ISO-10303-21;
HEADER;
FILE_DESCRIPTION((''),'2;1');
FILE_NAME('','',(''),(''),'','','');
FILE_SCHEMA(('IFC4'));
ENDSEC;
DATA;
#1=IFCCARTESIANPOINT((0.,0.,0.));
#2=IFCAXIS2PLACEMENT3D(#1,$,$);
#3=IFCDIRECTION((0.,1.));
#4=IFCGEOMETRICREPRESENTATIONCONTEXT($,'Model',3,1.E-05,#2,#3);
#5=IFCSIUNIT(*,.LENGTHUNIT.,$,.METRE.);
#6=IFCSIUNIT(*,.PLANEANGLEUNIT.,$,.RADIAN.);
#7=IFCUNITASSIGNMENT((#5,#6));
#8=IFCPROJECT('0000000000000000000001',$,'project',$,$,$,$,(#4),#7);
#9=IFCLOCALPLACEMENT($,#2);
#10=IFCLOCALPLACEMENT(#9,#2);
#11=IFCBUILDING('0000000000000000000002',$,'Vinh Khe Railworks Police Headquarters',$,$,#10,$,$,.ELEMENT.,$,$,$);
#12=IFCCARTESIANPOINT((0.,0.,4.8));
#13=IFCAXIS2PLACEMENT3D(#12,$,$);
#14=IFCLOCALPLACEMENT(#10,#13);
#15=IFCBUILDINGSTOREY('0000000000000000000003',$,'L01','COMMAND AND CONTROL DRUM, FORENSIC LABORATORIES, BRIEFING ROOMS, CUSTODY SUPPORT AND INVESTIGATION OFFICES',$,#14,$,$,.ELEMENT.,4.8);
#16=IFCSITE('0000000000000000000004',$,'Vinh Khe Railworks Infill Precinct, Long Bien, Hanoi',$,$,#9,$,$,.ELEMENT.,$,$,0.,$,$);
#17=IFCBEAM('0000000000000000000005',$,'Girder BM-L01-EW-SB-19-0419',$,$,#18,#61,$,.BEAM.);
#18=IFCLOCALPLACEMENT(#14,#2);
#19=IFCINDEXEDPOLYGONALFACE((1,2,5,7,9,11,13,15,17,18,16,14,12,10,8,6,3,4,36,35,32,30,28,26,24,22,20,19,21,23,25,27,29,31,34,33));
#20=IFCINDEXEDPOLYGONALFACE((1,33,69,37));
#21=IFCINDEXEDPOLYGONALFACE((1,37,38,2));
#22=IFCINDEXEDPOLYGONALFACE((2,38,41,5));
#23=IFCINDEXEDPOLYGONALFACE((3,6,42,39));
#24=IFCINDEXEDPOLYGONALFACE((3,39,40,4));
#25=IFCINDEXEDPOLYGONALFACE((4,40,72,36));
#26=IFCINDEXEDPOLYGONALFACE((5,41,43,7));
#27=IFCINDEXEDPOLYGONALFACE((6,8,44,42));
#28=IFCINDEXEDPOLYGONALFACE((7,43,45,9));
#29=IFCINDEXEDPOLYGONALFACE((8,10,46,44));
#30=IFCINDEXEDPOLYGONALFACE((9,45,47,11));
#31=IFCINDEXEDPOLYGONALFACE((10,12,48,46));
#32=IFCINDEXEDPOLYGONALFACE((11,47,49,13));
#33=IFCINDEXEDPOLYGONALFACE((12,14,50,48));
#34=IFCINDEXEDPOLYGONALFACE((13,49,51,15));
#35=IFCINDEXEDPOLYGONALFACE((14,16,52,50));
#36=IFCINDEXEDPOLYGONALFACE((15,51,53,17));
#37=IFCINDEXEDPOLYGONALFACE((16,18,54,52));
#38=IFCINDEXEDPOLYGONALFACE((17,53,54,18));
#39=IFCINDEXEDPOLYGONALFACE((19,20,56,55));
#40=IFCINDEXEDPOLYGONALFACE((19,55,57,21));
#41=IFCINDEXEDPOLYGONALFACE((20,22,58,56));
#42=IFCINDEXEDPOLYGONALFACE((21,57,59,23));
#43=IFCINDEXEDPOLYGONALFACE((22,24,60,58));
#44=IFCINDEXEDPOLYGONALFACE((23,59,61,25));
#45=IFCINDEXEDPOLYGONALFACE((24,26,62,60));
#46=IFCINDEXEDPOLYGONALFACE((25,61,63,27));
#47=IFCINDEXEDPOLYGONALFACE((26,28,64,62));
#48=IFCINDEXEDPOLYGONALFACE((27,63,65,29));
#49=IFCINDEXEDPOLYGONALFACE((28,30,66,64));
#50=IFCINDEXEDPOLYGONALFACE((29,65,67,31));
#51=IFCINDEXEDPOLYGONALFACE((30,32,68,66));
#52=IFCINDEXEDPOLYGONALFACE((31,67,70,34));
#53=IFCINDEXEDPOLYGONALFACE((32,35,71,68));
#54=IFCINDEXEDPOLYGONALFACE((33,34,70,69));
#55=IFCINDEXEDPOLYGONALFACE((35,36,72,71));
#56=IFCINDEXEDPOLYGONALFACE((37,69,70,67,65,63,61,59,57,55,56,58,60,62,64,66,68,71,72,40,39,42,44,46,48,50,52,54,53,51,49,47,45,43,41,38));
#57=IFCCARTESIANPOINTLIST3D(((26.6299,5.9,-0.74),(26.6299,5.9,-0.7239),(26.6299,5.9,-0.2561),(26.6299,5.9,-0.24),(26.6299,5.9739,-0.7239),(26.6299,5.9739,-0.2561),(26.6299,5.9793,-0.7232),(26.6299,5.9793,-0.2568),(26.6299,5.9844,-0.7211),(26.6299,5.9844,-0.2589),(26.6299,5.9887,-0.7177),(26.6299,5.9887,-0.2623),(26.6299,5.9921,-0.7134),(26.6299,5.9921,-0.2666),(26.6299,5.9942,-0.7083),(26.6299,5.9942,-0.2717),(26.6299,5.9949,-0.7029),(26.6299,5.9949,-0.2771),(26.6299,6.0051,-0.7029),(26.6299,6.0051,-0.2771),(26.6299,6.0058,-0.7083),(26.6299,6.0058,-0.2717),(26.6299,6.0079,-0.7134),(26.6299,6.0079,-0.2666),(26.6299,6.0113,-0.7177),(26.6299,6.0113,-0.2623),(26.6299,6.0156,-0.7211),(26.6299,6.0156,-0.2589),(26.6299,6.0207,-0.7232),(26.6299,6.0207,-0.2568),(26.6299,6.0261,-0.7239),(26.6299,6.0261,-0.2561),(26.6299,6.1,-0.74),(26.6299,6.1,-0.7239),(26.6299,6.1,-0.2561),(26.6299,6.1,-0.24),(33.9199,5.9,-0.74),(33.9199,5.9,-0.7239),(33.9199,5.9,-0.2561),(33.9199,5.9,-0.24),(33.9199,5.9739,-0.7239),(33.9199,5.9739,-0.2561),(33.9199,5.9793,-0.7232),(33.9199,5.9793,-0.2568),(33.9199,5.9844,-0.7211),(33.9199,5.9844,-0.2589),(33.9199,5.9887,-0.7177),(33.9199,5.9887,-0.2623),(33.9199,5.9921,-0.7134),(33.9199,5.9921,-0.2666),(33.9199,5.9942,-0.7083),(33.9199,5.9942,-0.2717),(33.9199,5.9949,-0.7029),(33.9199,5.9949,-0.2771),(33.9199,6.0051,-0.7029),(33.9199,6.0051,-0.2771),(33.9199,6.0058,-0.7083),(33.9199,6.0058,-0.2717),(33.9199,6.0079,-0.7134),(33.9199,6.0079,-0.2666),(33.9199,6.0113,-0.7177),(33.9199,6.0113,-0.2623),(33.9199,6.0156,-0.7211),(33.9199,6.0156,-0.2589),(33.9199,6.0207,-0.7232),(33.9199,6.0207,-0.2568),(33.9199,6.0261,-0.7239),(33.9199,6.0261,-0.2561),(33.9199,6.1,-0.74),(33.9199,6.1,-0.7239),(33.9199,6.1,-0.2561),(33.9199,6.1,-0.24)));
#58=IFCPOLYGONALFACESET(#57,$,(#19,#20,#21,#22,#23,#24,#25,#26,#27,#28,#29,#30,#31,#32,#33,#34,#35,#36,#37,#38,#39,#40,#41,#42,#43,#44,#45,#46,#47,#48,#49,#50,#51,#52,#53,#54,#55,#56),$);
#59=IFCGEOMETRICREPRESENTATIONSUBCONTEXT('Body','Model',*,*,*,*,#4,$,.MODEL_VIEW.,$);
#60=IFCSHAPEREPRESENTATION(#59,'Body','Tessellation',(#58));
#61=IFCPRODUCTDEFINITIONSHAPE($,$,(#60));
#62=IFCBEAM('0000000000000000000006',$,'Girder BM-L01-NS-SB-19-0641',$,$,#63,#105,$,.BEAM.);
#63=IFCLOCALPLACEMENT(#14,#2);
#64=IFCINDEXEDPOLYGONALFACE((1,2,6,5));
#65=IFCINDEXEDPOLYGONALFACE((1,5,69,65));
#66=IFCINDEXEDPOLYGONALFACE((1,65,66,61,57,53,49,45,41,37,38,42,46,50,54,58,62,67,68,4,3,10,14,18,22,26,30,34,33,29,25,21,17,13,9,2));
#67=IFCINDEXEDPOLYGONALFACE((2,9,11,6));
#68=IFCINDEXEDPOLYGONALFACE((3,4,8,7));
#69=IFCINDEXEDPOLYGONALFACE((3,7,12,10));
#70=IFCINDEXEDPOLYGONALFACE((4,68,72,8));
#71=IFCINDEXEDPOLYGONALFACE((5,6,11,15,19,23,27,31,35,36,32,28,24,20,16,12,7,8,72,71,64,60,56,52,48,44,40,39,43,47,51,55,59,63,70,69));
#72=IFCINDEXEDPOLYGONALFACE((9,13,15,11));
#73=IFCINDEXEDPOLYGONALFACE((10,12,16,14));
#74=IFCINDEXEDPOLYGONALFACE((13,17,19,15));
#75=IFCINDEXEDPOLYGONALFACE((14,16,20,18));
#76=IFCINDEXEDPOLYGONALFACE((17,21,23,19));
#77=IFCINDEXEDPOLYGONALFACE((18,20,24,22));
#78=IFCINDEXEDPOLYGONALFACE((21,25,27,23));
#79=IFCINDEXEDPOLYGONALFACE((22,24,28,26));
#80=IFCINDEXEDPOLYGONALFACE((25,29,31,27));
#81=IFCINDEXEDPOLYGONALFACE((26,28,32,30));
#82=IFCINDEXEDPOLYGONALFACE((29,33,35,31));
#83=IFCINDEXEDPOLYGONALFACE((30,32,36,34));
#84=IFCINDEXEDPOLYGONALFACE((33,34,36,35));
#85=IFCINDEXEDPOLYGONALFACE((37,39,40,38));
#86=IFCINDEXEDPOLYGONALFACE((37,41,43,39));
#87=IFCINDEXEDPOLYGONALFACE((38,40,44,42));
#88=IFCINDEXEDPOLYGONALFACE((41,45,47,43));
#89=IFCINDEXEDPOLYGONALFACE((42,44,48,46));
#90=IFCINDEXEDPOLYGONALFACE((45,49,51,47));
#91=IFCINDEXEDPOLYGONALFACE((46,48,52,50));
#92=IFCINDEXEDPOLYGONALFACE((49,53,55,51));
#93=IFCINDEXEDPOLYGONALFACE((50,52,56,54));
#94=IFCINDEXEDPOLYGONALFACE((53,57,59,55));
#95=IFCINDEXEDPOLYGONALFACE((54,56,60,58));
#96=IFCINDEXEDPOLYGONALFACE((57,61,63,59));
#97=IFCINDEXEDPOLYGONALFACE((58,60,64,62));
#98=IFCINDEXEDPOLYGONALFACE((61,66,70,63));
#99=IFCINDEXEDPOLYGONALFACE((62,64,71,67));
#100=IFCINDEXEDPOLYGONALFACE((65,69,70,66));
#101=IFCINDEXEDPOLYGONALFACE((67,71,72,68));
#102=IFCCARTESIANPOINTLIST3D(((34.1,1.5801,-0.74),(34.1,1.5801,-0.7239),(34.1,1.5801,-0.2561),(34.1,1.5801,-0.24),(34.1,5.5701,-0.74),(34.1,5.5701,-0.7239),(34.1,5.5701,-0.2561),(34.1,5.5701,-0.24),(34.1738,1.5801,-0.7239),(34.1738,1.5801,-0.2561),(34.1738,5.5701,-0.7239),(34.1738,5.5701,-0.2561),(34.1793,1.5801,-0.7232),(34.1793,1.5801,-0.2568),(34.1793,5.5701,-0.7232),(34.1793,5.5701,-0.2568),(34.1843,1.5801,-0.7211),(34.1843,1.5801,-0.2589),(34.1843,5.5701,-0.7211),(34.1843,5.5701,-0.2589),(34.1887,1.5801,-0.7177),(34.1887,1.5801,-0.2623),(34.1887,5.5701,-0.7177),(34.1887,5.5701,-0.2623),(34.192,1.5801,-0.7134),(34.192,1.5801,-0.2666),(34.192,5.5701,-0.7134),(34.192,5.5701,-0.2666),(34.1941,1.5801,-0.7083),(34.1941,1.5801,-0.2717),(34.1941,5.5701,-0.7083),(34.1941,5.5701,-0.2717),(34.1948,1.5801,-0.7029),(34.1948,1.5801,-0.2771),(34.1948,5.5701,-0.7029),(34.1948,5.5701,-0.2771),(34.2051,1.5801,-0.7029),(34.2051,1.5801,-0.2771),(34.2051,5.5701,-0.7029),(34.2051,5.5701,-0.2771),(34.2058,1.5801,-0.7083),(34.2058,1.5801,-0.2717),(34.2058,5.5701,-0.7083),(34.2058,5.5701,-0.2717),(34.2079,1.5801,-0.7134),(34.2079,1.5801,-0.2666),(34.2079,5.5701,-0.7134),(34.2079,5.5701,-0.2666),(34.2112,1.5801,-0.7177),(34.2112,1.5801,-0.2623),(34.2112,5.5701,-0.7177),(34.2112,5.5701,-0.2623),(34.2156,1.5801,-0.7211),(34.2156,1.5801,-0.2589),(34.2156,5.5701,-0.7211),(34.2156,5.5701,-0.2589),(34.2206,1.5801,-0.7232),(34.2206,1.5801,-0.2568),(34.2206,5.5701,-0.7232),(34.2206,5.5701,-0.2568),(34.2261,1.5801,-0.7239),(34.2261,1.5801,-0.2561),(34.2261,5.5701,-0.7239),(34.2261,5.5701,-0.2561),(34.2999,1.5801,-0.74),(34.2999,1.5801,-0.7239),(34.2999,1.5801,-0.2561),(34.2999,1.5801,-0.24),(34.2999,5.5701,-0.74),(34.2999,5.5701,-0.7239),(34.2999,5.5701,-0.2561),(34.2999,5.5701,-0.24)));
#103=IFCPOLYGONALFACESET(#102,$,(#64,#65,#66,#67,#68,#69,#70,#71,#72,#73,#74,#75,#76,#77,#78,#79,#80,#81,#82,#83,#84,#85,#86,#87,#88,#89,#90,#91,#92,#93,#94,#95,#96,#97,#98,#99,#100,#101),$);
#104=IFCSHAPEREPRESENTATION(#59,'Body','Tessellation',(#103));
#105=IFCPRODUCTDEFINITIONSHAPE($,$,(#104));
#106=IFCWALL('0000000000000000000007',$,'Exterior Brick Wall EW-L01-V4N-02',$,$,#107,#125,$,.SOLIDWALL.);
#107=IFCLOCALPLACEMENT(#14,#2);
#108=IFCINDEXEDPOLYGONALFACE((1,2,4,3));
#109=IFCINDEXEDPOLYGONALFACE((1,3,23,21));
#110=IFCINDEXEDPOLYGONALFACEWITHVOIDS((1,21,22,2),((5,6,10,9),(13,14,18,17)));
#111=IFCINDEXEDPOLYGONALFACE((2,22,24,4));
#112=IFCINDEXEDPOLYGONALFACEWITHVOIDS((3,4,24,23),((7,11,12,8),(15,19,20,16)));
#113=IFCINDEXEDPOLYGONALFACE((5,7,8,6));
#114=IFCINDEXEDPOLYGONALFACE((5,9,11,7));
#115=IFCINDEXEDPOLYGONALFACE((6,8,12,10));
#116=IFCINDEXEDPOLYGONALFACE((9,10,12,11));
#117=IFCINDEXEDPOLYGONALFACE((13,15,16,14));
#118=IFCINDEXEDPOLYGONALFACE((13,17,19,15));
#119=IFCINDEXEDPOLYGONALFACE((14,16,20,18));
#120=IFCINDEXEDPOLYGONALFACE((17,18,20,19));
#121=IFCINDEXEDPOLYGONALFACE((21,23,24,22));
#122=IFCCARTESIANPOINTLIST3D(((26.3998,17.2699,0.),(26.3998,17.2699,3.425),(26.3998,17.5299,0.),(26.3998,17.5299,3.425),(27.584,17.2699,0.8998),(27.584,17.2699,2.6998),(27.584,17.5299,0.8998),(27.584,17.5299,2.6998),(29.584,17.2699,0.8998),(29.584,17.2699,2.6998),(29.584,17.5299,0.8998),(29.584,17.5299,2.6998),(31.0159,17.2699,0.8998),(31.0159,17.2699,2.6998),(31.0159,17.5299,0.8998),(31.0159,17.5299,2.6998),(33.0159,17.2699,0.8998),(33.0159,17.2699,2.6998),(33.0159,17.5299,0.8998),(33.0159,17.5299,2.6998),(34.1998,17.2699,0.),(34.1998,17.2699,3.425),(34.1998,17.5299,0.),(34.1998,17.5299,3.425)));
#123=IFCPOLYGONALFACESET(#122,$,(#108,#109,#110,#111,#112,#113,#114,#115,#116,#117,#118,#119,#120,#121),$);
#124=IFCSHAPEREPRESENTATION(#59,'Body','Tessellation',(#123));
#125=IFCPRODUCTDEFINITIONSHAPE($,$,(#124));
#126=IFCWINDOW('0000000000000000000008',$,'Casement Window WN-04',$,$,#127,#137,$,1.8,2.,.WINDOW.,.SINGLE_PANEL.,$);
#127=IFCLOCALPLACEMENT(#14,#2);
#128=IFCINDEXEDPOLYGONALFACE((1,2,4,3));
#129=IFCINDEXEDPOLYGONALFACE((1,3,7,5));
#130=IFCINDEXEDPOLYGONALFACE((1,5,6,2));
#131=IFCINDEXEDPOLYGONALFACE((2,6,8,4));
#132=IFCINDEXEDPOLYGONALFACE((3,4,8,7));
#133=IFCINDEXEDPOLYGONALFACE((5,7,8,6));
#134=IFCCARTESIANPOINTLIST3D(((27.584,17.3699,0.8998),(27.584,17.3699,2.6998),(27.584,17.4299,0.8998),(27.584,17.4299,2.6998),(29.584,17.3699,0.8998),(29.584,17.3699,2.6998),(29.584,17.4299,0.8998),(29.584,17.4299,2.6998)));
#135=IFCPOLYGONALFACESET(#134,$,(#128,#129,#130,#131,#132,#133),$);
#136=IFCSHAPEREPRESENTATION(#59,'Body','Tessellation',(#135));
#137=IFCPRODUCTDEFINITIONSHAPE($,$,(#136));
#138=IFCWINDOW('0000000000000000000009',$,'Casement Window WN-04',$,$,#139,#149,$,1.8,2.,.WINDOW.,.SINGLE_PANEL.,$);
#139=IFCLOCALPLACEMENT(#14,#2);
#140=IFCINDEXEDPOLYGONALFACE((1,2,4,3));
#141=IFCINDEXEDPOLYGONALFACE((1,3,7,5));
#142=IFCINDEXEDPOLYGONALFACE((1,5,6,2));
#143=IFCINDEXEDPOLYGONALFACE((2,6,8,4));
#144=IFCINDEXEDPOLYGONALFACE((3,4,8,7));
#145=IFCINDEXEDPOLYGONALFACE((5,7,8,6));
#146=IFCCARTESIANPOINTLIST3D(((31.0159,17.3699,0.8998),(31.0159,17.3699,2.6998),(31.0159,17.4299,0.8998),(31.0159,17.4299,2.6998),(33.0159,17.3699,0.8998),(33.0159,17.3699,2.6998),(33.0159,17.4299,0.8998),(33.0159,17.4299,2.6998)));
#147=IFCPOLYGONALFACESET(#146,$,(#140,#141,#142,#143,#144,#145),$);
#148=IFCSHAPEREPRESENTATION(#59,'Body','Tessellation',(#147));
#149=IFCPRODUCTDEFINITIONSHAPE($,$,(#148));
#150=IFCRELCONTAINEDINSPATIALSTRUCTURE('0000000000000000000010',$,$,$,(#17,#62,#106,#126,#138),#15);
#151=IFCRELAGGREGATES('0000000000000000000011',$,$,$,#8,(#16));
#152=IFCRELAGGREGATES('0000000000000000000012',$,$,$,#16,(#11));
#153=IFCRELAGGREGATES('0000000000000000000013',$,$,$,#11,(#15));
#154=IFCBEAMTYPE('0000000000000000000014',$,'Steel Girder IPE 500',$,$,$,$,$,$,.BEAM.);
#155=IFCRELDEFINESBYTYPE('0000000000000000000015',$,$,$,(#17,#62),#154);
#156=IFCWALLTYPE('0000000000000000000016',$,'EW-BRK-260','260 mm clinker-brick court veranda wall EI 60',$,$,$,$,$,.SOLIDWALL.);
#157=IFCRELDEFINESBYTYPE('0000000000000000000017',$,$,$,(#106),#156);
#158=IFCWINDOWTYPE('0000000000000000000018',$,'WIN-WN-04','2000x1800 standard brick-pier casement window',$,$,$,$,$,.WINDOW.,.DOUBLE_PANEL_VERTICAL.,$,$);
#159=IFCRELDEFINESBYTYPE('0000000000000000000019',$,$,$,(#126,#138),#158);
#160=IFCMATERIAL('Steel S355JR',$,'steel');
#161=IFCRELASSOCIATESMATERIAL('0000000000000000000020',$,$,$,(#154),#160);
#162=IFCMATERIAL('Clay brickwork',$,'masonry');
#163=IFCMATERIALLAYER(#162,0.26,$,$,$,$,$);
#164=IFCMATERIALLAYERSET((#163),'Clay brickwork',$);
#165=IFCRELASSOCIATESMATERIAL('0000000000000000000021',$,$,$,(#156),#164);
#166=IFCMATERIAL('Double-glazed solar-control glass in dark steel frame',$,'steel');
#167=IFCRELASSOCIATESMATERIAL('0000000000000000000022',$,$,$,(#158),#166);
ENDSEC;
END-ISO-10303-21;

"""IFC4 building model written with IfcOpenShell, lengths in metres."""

from ifc_helpers import new_model, si_unit, direction, frame, frame_2d, origin, origin_2d, place, context, subcontext, project, spatial, rectangle, i_section, extrude, material, layer, layer_set, material_profile, profile_set, type_object, element, fill, save


model = new_model("IFC4")

# Units and contexts
model_context = context("Model", 3, precision=1e-05, world=origin(), true_north=direction((0.0, 1.0)))
body_context = subcontext(model_context, "Body", "Model", "MODEL_VIEW")
ifc_project = project(units=[si_unit("LENGTHUNIT", "METRE"), si_unit("PLANEANGLEUNIT", "RADIAN")], contexts=[model_context])

# Site, building, storey
site_placement = place(None, origin())
site = spatial("IfcSite", under=ifc_project, at=site_placement, Name="Vinh Khe Railworks Infill Precinct, Long Bien, Hanoi", CompositionType="ELEMENT", RefElevation=0.0)
building_placement = place(site_placement, origin())
building = spatial("IfcBuilding", under=site, at=building_placement, Name="Vinh Khe Railworks Police Headquarters", CompositionType="ELEMENT")
storey_placement = place(building_placement, frame((0.0, 0.0, 4.8)))
storey = spatial("IfcBuildingStorey", under=building, at=storey_placement, Name="L01", Description="COMMAND AND CONTROL DRUM, FORENSIC LABORATORIES, BRIEFING ROOMS, CUSTODY SUPPORT AND INVESTIGATION OFFICES", CompositionType="ELEMENT", Elevation=4.8)

# Shared definitions
ifc_material_1 = material(Name="Steel S355JR", Category="steel")

# Beams
ifc_material_profile_1 = material_profile(ifc_material_1, i_section(OverallWidth=0.2, OverallDepth=0.5, WebThickness=0.0103, FlangeThickness=0.0161, FilletRadius=0.021, at=origin_2d()), Name="IPE 500")
ifc_profile_set_1 = profile_set([ifc_material_profile_1], Name="Steel S355JR")
beam_type_1 = type_object("IfcBeamType", Name="Steel Girder IPE 500", PredefinedType="BEAM", material=ifc_profile_set_1)
beam_1_placement = place(storey_placement, frame((26.6299, 6.0, -0.49), z_axis=(1.0, 0.0, 0.0), x_axis=(0.0, 1.0, 0.0)))
element("IfcBeam", 1, at=beam_1_placement, inside=storey, type_object=beam_type_1, Name="Girder BM-L01-EW-SB-19-0419", PredefinedType="BEAM", context=body_context, shape_type="SweptSolid", body=[
    extrude(i_section(OverallWidth=0.2, OverallDepth=0.5, WebThickness=0.0103, FlangeThickness=0.0161, FilletRadius=0.021, at=origin_2d()), origin(), (0.0, 0.0, 1.0), 7.29),
])
beam_2_placement = place(storey_placement, frame((34.2, 1.5801, -0.49), z_axis=(0.0, 1.0, 0.0), x_axis=(-1.0, 0.0, 0.0)))
element("IfcBeam", 2, at=beam_2_placement, inside=storey, type_object=beam_type_1, Name="Girder BM-L01-NS-SB-19-0641", PredefinedType="BEAM", context=body_context, shape_type="SweptSolid", body=[
    extrude(i_section(OverallWidth=0.2, OverallDepth=0.5, WebThickness=0.0103, FlangeThickness=0.0161, FilletRadius=0.021, at=origin_2d()), origin(), (0.0, 0.0, 1.0), 3.99),
])

# Wall, openings, windows
ifc_material_2 = material(Name="Clay brickwork", Category="masonry")
ifc_layer_1 = layer(ifc_material_2, 0.26)
ifc_layer_set_1 = layer_set([ifc_layer_1], Name="Clay brickwork")
wall_type_1 = type_object("IfcWallType", Name="EW-BRK-260", Description="260 mm clinker-brick court veranda wall EI 60", PredefinedType="SOLIDWALL", material=ifc_layer_set_1)
wall_1_placement = place(storey_placement, frame((26.3999, 17.3999, 0.0), z_axis=(0.0, 0.0, 1.0), x_axis=(1.0, 0.0, 0.0)))
wall_1 = element("IfcWall", 3, at=wall_1_placement, inside=storey, type_object=wall_type_1, Name="Exterior Brick Wall EW-L01-V4N-02", PredefinedType="SOLIDWALL", context=body_context, shape_type="SweptSolid", body=[
    extrude(rectangle(XDim=7.8, YDim=0.26, at=frame_2d((3.8999, 0.0))), origin(), (0.0, 0.0, 1.0), 3.425),
])
opening_1_placement = place(wall_1_placement, frame((1.1841, 0.0, 0.8999)))
opening_1 = element("IfcOpeningElement", 4, at=opening_1_placement, cuts=wall_1, PredefinedType="OPENING", context=body_context, shape_type="SweptSolid", body=[
    extrude(rectangle(XDim=2.0, YDim=1.8, at=frame_2d((1.0, 0.8999))), frame((0.0, 0.145, 0.0), z_axis=(0.0, -1.0, 0.0), x_axis=(1.0, 0.0, 0.0)), (0.0, 0.0, 1.0), 0.2898),
])
opening_2_placement = place(wall_1_placement, frame((4.616, 0.0, 0.8999)))
opening_2 = element("IfcOpeningElement", 5, at=opening_2_placement, cuts=wall_1, PredefinedType="OPENING", context=body_context, shape_type="SweptSolid", body=[
    extrude(rectangle(XDim=2.0, YDim=1.8, at=frame_2d((1.0, 0.8999))), frame((0.0, 0.145, 0.0), z_axis=(0.0, -1.0, 0.0), x_axis=(1.0, 0.0, 0.0)), (0.0, 0.0, 1.0), 0.2898),
])
ifc_material_3 = material(Name="Double-glazed solar-control glass in dark steel frame", Category="steel")
window_type_1 = type_object("IfcWindowType", Name="WIN-WN-04", Description="2000x1800 standard brick-pier casement window", PartitioningType="DOUBLE_PANEL_VERTICAL", PredefinedType="WINDOW", material=ifc_material_3)
window_1_placement = place(opening_1_placement, origin())
window_1 = element("IfcWindow", 6, at=window_1_placement, inside=storey, type_object=window_type_1, Name="Casement Window WN-04", OverallHeight=1.8, OverallWidth=2.0, PartitioningType="SINGLE_PANEL", PredefinedType="WINDOW", context=body_context, shape_type="SweptSolid", body=[
    extrude(rectangle(XDim=2.0, YDim=1.8, at=frame_2d((1.0, 0.8999))), frame((0.0, 0.03, 0.0), z_axis=(0.0, -1.0, 0.0), x_axis=(1.0, 0.0, 0.0)), (0.0, 0.0, 1.0), 0.0601),
])
fill(opening_1, window_1)
window_2_placement = place(opening_2_placement, origin())
window_2 = element("IfcWindow", 7, at=window_2_placement, inside=storey, type_object=window_type_1, Name="Casement Window WN-04", OverallHeight=1.8, OverallWidth=2.0, PartitioningType="SINGLE_PANEL", PredefinedType="WINDOW", context=body_context, shape_type="SweptSolid", body=[
    extrude(rectangle(XDim=2.0, YDim=1.8, at=frame_2d((1.0, 0.8999))), frame((0.0, 0.03, 0.0), z_axis=(0.0, -1.0, 0.0), x_axis=(1.0, 0.0, 0.0)), (0.0, 0.0, 1.0), 0.0601),
])
fill(opening_2, window_2)

save(model, "model.ifc")
